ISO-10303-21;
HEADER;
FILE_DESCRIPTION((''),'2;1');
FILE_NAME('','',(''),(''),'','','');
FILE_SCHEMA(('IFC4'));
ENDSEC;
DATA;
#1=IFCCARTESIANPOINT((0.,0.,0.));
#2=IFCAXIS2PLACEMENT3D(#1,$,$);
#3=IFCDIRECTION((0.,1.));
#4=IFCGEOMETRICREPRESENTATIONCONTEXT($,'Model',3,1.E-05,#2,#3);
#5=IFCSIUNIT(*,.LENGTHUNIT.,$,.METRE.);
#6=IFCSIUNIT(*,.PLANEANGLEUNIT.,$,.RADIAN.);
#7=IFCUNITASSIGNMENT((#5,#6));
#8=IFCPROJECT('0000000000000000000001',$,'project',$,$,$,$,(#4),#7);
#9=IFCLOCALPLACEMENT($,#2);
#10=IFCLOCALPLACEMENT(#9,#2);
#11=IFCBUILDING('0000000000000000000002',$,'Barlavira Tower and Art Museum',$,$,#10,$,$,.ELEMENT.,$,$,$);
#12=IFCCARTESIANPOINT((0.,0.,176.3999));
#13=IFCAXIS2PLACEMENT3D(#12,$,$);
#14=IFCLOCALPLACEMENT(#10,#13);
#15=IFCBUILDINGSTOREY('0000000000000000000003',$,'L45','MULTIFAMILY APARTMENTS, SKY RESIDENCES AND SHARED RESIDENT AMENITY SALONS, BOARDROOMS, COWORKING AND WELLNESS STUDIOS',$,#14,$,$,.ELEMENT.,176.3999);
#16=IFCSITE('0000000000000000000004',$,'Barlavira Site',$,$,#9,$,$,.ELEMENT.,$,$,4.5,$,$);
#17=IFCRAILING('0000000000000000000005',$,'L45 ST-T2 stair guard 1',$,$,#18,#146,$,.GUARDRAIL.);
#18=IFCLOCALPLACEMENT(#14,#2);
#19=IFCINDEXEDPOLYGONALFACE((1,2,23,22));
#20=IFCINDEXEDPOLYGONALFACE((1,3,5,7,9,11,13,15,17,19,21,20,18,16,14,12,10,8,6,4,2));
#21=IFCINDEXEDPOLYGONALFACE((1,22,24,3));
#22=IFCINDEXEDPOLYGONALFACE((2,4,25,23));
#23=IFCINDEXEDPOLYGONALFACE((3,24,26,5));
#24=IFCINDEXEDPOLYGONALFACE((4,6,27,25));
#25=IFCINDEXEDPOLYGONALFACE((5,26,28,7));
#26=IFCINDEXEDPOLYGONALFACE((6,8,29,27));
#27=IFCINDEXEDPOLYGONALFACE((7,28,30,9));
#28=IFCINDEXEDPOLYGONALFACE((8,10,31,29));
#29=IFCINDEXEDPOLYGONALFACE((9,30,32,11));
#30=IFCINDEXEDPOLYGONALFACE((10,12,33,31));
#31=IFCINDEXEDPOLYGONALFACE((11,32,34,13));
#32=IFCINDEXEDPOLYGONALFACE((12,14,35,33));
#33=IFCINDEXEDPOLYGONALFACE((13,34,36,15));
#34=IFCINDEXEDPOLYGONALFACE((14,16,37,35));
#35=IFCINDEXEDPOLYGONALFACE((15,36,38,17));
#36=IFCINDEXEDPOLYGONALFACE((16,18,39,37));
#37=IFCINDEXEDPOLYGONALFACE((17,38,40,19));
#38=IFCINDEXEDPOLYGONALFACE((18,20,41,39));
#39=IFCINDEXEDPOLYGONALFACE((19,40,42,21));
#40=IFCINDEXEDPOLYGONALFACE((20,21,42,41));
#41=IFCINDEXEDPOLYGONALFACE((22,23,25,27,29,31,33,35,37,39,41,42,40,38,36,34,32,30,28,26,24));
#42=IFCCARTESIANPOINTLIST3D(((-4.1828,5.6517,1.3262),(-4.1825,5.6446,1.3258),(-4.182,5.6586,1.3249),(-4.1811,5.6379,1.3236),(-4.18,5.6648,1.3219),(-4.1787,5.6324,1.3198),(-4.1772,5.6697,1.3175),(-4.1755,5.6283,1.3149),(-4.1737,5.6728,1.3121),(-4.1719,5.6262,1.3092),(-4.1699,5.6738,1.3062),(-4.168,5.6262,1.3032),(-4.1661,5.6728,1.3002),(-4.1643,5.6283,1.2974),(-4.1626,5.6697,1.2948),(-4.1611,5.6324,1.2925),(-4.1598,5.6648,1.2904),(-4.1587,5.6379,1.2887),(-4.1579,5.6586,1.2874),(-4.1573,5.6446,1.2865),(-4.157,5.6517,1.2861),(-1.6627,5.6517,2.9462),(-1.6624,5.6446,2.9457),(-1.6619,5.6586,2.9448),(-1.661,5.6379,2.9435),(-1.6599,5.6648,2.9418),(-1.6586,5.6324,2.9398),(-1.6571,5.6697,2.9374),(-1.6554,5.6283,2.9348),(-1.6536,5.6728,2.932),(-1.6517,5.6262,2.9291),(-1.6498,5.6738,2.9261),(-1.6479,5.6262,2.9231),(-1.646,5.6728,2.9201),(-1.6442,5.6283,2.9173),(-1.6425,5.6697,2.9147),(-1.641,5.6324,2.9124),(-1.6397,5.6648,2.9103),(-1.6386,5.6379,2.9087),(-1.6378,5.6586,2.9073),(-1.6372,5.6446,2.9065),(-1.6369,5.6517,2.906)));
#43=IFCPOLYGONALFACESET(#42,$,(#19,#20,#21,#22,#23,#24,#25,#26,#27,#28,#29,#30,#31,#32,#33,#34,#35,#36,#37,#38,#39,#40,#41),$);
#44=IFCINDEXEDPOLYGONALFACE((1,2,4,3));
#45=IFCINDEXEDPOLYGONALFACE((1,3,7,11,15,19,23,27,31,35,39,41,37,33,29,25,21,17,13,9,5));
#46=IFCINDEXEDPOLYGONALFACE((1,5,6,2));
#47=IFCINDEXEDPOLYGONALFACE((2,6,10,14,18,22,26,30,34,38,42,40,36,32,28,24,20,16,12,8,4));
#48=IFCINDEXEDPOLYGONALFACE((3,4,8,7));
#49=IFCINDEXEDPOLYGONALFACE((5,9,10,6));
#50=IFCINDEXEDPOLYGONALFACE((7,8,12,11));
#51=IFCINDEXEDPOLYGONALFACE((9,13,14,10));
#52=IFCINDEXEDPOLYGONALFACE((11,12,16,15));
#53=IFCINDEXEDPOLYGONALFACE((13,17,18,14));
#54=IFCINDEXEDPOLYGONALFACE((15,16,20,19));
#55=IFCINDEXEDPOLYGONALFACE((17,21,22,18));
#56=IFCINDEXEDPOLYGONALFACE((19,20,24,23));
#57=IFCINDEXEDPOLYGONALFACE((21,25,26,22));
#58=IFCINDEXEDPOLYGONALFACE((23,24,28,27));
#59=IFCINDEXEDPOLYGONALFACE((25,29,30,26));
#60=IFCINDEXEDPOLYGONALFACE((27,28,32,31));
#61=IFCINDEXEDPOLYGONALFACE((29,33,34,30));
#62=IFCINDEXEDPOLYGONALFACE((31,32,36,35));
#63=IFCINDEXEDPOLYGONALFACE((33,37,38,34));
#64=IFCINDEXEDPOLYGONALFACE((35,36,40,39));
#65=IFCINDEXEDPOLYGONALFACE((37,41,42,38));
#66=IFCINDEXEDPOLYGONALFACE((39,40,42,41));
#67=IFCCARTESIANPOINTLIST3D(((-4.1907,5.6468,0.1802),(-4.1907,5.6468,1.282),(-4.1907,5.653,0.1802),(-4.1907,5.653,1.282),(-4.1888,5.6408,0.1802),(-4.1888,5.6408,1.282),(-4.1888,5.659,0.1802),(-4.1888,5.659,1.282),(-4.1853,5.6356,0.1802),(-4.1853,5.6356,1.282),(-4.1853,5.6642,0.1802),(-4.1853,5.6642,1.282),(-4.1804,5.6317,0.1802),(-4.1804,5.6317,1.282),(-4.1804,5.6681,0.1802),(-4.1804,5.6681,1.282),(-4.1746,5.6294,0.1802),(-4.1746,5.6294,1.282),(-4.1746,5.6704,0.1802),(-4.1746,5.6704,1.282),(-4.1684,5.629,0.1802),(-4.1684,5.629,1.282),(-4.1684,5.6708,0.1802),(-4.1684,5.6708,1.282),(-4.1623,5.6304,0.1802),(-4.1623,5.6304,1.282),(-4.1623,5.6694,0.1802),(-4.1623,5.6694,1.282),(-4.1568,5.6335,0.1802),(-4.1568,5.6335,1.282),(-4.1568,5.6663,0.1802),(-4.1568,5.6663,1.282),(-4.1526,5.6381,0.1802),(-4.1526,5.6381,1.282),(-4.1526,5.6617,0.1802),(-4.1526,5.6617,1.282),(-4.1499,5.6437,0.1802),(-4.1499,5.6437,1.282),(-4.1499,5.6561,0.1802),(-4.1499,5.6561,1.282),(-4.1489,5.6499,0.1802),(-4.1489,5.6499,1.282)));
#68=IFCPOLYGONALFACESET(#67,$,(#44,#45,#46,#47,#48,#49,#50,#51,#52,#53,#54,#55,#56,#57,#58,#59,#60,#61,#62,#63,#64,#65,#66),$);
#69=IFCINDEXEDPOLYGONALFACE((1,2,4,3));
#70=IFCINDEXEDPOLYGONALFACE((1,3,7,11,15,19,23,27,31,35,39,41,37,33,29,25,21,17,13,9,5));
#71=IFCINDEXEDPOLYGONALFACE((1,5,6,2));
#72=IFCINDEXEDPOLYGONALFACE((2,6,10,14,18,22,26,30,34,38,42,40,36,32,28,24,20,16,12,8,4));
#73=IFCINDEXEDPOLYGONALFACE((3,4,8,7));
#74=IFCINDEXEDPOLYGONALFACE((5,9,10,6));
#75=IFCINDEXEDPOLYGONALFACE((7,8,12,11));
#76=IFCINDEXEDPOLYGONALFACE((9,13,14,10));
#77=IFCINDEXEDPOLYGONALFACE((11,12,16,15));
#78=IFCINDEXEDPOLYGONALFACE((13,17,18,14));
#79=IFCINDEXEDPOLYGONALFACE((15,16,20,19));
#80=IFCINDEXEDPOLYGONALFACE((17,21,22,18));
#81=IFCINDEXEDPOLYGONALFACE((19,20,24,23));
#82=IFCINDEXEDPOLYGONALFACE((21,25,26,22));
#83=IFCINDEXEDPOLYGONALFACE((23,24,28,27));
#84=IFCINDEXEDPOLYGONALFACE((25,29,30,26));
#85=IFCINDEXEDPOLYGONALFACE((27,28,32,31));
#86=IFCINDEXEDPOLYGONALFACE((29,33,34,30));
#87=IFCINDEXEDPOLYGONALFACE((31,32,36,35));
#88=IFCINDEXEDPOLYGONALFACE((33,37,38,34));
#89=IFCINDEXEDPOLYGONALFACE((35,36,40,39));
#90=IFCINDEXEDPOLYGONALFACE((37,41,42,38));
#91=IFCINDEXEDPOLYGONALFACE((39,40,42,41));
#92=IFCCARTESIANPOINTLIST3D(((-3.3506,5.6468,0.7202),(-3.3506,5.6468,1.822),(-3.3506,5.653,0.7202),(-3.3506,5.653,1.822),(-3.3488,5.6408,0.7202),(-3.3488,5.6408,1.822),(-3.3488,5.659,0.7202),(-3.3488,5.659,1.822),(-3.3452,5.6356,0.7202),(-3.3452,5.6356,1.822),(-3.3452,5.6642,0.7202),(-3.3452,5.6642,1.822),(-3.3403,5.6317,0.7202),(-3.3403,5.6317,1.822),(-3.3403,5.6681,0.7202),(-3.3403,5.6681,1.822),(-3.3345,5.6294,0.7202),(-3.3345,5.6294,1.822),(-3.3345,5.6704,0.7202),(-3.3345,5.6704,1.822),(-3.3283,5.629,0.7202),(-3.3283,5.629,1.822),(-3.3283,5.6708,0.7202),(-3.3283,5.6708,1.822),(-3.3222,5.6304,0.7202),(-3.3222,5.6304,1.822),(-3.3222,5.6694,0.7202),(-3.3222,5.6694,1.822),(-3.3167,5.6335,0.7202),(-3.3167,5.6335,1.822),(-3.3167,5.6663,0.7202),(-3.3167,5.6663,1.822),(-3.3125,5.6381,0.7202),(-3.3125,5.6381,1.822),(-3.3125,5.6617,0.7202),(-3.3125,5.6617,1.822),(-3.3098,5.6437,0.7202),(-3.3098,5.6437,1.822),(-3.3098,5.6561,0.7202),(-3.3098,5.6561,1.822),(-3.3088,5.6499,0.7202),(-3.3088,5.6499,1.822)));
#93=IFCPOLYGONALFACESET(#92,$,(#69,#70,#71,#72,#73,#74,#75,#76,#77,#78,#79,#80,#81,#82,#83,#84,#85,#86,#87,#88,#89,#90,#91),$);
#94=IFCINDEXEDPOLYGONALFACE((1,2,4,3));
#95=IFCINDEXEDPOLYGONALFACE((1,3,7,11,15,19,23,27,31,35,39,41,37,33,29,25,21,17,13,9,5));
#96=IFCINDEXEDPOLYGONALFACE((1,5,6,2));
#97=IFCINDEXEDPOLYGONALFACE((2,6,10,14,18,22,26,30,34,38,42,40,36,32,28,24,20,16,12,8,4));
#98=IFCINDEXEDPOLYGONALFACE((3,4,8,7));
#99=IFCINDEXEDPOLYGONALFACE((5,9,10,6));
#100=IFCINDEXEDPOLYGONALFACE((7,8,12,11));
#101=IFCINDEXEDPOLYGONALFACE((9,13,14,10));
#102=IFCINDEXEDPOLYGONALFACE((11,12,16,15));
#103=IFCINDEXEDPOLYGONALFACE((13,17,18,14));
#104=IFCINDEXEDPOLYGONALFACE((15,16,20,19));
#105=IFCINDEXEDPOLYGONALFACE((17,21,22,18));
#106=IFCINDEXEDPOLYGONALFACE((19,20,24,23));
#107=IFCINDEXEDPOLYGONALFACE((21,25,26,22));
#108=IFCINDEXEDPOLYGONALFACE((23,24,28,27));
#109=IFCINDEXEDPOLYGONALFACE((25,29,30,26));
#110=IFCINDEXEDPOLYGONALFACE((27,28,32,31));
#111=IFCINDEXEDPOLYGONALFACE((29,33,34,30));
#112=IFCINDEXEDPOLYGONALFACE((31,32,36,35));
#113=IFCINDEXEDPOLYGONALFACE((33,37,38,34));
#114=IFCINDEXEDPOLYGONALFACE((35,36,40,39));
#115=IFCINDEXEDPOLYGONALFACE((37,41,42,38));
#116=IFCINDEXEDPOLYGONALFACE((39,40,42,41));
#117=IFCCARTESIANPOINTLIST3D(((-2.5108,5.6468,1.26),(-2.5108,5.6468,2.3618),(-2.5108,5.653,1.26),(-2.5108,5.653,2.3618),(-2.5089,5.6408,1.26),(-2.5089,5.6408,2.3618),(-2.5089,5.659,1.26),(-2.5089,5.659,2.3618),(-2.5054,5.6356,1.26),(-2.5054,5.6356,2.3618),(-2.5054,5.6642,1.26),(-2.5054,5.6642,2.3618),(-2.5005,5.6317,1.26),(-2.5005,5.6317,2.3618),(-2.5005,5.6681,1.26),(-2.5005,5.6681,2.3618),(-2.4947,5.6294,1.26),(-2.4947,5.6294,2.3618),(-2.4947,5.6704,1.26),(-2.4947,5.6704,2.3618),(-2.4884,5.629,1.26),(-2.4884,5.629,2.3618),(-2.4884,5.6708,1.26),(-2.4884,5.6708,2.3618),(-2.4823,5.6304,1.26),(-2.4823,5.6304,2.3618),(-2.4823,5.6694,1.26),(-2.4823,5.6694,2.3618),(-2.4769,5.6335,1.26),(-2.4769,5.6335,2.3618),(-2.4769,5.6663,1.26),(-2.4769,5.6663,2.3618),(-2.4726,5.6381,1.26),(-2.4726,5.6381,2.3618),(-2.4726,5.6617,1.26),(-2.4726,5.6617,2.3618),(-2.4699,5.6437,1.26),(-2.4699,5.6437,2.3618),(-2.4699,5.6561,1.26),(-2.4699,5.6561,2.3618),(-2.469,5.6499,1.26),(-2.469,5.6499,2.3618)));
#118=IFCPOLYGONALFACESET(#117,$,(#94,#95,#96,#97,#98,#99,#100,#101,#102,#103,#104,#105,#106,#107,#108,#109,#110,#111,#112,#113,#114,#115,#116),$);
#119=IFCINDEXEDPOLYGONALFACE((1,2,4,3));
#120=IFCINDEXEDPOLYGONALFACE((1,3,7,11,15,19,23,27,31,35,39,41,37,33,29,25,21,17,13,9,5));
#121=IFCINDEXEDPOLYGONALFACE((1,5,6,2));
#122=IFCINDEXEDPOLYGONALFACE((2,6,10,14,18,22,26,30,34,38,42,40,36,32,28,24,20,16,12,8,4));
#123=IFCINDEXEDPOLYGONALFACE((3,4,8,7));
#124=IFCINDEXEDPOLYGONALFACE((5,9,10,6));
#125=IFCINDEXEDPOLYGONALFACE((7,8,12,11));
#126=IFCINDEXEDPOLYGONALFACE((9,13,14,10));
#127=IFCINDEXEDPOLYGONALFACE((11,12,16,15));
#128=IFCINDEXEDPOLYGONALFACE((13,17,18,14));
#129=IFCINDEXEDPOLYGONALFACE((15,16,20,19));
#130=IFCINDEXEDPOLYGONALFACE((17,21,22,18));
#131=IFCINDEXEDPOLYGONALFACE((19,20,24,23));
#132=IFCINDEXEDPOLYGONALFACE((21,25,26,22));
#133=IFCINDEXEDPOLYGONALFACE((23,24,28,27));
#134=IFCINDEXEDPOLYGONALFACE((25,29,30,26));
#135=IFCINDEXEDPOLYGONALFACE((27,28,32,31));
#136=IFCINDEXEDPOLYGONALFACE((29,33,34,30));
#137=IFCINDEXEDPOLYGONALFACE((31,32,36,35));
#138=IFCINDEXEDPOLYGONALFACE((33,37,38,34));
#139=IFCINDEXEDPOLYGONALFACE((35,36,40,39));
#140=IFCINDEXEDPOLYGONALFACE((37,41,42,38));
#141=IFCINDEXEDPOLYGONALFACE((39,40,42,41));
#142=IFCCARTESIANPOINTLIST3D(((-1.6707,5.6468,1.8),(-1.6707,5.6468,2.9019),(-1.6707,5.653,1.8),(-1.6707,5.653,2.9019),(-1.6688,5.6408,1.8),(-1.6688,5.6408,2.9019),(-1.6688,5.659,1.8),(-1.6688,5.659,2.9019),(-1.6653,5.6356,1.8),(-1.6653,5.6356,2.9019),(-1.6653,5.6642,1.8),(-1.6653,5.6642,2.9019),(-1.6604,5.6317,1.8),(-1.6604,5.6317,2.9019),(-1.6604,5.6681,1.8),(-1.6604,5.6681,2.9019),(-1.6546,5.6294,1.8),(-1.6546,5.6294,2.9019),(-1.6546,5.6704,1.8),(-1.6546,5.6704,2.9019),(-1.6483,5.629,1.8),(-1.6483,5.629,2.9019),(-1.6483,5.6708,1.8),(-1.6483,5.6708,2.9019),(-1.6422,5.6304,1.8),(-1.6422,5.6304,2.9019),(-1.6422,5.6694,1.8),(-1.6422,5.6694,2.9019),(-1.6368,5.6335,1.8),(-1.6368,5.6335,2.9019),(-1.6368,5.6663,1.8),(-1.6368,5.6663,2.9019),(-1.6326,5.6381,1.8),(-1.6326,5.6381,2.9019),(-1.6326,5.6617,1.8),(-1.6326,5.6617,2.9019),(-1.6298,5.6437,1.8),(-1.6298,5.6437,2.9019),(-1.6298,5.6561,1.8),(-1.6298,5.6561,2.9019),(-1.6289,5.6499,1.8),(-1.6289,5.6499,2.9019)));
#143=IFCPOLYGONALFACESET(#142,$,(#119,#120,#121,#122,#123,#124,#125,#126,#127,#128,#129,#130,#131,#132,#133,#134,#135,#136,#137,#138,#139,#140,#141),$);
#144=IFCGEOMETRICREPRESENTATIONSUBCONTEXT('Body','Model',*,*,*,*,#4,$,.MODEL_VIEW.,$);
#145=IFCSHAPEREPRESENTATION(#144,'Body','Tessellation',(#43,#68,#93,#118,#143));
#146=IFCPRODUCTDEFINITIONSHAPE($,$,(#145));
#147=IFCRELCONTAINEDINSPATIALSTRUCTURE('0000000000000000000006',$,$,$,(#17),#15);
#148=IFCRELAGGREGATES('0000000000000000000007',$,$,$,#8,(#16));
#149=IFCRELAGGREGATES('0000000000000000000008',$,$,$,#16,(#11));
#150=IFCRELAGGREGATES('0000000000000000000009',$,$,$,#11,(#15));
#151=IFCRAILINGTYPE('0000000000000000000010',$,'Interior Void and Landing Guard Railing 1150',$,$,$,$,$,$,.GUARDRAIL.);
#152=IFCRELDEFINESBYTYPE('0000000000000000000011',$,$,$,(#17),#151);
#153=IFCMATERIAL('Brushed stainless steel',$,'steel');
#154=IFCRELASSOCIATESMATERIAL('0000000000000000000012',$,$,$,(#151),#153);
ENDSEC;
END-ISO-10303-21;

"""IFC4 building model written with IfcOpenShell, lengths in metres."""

from ifc_helpers import new_model, si_unit, direction, frame, origin, origin_2d, place, context, subcontext, project, spatial, circle, extrude, material, type_object, element, save


model = new_model("IFC4")

# Units and contexts
model_context = context("Model", 3, precision=1e-05, world=origin(), true_north=direction((0.0, 1.0)))
body_context = subcontext(model_context, "Body", "Model", "MODEL_VIEW")
ifc_project = project(units=[si_unit("LENGTHUNIT", "METRE"), si_unit("PLANEANGLEUNIT", "RADIAN")], contexts=[model_context])

# Site, building, storey
site_placement = place(None, origin())
site = spatial("IfcSite", under=ifc_project, at=site_placement, Name="Barlavira Site", CompositionType="ELEMENT", RefElevation=4.5)
building_placement = place(site_placement, origin())
building = spatial("IfcBuilding", under=site, at=building_placement, Name="Barlavira Tower and Art Museum", CompositionType="ELEMENT")
storey_placement = place(building_placement, frame((0.0, 0.0, 176.3999)))
storey = spatial("IfcBuildingStorey", under=building, at=storey_placement, Name="L45", Description="MULTIFAMILY APARTMENTS, SKY RESIDENCES AND SHARED RESIDENT AMENITY SALONS, BOARDROOMS, COWORKING AND WELLNESS STUDIOS", CompositionType="ELEMENT", Elevation=176.3999)

# Shared definitions
ifc_material_1 = material(Name="Brushed stainless steel", Category="steel")

# Railing
railing_type_1 = type_object("IfcRailingType", Name="Interior Void and Landing Guard Railing 1150", PredefinedType="GUARDRAIL", material=ifc_material_1)
railing_1_placement = place(storey_placement, frame((-4.1699, 5.6499, 0.1802)))
element("IfcRailing", 1, at=railing_1_placement, inside=storey, type_object=railing_type_1, Name="L45 ST-T2 stair guard 1", PredefinedType="GUARDRAIL", context=body_context, shape_type="SweptSolid", body=[
    extrude(circle(Radius=0.0239, at=origin_2d()), frame((0.0, 0.0, 1.126), z_axis=(0.8412, 0.0, 0.540725), x_axis=(0.0, 1.0, 0.0)), (0.0, 0.0, 1.0), 2.9958),
    extrude(circle(Radius=0.021, at=origin_2d()), origin(), (0.0, 0.0, 1.0), 1.1018),
    extrude(circle(Radius=0.021, at=origin_2d()), frame((0.8401, 0.0, 0.54)), (0.0, 0.0, 1.0), 1.1018),
    extrude(circle(Radius=0.021, at=origin_2d()), frame((1.6799, 0.0, 1.0798)), (0.0, 0.0, 1.0), 1.1018),
    extrude(circle(Radius=0.021, at=origin_2d()), frame((2.52, 0.0, 1.6199)), (0.0, 0.0, 1.0), 1.1018),
])

save(model, "model.ifc")
